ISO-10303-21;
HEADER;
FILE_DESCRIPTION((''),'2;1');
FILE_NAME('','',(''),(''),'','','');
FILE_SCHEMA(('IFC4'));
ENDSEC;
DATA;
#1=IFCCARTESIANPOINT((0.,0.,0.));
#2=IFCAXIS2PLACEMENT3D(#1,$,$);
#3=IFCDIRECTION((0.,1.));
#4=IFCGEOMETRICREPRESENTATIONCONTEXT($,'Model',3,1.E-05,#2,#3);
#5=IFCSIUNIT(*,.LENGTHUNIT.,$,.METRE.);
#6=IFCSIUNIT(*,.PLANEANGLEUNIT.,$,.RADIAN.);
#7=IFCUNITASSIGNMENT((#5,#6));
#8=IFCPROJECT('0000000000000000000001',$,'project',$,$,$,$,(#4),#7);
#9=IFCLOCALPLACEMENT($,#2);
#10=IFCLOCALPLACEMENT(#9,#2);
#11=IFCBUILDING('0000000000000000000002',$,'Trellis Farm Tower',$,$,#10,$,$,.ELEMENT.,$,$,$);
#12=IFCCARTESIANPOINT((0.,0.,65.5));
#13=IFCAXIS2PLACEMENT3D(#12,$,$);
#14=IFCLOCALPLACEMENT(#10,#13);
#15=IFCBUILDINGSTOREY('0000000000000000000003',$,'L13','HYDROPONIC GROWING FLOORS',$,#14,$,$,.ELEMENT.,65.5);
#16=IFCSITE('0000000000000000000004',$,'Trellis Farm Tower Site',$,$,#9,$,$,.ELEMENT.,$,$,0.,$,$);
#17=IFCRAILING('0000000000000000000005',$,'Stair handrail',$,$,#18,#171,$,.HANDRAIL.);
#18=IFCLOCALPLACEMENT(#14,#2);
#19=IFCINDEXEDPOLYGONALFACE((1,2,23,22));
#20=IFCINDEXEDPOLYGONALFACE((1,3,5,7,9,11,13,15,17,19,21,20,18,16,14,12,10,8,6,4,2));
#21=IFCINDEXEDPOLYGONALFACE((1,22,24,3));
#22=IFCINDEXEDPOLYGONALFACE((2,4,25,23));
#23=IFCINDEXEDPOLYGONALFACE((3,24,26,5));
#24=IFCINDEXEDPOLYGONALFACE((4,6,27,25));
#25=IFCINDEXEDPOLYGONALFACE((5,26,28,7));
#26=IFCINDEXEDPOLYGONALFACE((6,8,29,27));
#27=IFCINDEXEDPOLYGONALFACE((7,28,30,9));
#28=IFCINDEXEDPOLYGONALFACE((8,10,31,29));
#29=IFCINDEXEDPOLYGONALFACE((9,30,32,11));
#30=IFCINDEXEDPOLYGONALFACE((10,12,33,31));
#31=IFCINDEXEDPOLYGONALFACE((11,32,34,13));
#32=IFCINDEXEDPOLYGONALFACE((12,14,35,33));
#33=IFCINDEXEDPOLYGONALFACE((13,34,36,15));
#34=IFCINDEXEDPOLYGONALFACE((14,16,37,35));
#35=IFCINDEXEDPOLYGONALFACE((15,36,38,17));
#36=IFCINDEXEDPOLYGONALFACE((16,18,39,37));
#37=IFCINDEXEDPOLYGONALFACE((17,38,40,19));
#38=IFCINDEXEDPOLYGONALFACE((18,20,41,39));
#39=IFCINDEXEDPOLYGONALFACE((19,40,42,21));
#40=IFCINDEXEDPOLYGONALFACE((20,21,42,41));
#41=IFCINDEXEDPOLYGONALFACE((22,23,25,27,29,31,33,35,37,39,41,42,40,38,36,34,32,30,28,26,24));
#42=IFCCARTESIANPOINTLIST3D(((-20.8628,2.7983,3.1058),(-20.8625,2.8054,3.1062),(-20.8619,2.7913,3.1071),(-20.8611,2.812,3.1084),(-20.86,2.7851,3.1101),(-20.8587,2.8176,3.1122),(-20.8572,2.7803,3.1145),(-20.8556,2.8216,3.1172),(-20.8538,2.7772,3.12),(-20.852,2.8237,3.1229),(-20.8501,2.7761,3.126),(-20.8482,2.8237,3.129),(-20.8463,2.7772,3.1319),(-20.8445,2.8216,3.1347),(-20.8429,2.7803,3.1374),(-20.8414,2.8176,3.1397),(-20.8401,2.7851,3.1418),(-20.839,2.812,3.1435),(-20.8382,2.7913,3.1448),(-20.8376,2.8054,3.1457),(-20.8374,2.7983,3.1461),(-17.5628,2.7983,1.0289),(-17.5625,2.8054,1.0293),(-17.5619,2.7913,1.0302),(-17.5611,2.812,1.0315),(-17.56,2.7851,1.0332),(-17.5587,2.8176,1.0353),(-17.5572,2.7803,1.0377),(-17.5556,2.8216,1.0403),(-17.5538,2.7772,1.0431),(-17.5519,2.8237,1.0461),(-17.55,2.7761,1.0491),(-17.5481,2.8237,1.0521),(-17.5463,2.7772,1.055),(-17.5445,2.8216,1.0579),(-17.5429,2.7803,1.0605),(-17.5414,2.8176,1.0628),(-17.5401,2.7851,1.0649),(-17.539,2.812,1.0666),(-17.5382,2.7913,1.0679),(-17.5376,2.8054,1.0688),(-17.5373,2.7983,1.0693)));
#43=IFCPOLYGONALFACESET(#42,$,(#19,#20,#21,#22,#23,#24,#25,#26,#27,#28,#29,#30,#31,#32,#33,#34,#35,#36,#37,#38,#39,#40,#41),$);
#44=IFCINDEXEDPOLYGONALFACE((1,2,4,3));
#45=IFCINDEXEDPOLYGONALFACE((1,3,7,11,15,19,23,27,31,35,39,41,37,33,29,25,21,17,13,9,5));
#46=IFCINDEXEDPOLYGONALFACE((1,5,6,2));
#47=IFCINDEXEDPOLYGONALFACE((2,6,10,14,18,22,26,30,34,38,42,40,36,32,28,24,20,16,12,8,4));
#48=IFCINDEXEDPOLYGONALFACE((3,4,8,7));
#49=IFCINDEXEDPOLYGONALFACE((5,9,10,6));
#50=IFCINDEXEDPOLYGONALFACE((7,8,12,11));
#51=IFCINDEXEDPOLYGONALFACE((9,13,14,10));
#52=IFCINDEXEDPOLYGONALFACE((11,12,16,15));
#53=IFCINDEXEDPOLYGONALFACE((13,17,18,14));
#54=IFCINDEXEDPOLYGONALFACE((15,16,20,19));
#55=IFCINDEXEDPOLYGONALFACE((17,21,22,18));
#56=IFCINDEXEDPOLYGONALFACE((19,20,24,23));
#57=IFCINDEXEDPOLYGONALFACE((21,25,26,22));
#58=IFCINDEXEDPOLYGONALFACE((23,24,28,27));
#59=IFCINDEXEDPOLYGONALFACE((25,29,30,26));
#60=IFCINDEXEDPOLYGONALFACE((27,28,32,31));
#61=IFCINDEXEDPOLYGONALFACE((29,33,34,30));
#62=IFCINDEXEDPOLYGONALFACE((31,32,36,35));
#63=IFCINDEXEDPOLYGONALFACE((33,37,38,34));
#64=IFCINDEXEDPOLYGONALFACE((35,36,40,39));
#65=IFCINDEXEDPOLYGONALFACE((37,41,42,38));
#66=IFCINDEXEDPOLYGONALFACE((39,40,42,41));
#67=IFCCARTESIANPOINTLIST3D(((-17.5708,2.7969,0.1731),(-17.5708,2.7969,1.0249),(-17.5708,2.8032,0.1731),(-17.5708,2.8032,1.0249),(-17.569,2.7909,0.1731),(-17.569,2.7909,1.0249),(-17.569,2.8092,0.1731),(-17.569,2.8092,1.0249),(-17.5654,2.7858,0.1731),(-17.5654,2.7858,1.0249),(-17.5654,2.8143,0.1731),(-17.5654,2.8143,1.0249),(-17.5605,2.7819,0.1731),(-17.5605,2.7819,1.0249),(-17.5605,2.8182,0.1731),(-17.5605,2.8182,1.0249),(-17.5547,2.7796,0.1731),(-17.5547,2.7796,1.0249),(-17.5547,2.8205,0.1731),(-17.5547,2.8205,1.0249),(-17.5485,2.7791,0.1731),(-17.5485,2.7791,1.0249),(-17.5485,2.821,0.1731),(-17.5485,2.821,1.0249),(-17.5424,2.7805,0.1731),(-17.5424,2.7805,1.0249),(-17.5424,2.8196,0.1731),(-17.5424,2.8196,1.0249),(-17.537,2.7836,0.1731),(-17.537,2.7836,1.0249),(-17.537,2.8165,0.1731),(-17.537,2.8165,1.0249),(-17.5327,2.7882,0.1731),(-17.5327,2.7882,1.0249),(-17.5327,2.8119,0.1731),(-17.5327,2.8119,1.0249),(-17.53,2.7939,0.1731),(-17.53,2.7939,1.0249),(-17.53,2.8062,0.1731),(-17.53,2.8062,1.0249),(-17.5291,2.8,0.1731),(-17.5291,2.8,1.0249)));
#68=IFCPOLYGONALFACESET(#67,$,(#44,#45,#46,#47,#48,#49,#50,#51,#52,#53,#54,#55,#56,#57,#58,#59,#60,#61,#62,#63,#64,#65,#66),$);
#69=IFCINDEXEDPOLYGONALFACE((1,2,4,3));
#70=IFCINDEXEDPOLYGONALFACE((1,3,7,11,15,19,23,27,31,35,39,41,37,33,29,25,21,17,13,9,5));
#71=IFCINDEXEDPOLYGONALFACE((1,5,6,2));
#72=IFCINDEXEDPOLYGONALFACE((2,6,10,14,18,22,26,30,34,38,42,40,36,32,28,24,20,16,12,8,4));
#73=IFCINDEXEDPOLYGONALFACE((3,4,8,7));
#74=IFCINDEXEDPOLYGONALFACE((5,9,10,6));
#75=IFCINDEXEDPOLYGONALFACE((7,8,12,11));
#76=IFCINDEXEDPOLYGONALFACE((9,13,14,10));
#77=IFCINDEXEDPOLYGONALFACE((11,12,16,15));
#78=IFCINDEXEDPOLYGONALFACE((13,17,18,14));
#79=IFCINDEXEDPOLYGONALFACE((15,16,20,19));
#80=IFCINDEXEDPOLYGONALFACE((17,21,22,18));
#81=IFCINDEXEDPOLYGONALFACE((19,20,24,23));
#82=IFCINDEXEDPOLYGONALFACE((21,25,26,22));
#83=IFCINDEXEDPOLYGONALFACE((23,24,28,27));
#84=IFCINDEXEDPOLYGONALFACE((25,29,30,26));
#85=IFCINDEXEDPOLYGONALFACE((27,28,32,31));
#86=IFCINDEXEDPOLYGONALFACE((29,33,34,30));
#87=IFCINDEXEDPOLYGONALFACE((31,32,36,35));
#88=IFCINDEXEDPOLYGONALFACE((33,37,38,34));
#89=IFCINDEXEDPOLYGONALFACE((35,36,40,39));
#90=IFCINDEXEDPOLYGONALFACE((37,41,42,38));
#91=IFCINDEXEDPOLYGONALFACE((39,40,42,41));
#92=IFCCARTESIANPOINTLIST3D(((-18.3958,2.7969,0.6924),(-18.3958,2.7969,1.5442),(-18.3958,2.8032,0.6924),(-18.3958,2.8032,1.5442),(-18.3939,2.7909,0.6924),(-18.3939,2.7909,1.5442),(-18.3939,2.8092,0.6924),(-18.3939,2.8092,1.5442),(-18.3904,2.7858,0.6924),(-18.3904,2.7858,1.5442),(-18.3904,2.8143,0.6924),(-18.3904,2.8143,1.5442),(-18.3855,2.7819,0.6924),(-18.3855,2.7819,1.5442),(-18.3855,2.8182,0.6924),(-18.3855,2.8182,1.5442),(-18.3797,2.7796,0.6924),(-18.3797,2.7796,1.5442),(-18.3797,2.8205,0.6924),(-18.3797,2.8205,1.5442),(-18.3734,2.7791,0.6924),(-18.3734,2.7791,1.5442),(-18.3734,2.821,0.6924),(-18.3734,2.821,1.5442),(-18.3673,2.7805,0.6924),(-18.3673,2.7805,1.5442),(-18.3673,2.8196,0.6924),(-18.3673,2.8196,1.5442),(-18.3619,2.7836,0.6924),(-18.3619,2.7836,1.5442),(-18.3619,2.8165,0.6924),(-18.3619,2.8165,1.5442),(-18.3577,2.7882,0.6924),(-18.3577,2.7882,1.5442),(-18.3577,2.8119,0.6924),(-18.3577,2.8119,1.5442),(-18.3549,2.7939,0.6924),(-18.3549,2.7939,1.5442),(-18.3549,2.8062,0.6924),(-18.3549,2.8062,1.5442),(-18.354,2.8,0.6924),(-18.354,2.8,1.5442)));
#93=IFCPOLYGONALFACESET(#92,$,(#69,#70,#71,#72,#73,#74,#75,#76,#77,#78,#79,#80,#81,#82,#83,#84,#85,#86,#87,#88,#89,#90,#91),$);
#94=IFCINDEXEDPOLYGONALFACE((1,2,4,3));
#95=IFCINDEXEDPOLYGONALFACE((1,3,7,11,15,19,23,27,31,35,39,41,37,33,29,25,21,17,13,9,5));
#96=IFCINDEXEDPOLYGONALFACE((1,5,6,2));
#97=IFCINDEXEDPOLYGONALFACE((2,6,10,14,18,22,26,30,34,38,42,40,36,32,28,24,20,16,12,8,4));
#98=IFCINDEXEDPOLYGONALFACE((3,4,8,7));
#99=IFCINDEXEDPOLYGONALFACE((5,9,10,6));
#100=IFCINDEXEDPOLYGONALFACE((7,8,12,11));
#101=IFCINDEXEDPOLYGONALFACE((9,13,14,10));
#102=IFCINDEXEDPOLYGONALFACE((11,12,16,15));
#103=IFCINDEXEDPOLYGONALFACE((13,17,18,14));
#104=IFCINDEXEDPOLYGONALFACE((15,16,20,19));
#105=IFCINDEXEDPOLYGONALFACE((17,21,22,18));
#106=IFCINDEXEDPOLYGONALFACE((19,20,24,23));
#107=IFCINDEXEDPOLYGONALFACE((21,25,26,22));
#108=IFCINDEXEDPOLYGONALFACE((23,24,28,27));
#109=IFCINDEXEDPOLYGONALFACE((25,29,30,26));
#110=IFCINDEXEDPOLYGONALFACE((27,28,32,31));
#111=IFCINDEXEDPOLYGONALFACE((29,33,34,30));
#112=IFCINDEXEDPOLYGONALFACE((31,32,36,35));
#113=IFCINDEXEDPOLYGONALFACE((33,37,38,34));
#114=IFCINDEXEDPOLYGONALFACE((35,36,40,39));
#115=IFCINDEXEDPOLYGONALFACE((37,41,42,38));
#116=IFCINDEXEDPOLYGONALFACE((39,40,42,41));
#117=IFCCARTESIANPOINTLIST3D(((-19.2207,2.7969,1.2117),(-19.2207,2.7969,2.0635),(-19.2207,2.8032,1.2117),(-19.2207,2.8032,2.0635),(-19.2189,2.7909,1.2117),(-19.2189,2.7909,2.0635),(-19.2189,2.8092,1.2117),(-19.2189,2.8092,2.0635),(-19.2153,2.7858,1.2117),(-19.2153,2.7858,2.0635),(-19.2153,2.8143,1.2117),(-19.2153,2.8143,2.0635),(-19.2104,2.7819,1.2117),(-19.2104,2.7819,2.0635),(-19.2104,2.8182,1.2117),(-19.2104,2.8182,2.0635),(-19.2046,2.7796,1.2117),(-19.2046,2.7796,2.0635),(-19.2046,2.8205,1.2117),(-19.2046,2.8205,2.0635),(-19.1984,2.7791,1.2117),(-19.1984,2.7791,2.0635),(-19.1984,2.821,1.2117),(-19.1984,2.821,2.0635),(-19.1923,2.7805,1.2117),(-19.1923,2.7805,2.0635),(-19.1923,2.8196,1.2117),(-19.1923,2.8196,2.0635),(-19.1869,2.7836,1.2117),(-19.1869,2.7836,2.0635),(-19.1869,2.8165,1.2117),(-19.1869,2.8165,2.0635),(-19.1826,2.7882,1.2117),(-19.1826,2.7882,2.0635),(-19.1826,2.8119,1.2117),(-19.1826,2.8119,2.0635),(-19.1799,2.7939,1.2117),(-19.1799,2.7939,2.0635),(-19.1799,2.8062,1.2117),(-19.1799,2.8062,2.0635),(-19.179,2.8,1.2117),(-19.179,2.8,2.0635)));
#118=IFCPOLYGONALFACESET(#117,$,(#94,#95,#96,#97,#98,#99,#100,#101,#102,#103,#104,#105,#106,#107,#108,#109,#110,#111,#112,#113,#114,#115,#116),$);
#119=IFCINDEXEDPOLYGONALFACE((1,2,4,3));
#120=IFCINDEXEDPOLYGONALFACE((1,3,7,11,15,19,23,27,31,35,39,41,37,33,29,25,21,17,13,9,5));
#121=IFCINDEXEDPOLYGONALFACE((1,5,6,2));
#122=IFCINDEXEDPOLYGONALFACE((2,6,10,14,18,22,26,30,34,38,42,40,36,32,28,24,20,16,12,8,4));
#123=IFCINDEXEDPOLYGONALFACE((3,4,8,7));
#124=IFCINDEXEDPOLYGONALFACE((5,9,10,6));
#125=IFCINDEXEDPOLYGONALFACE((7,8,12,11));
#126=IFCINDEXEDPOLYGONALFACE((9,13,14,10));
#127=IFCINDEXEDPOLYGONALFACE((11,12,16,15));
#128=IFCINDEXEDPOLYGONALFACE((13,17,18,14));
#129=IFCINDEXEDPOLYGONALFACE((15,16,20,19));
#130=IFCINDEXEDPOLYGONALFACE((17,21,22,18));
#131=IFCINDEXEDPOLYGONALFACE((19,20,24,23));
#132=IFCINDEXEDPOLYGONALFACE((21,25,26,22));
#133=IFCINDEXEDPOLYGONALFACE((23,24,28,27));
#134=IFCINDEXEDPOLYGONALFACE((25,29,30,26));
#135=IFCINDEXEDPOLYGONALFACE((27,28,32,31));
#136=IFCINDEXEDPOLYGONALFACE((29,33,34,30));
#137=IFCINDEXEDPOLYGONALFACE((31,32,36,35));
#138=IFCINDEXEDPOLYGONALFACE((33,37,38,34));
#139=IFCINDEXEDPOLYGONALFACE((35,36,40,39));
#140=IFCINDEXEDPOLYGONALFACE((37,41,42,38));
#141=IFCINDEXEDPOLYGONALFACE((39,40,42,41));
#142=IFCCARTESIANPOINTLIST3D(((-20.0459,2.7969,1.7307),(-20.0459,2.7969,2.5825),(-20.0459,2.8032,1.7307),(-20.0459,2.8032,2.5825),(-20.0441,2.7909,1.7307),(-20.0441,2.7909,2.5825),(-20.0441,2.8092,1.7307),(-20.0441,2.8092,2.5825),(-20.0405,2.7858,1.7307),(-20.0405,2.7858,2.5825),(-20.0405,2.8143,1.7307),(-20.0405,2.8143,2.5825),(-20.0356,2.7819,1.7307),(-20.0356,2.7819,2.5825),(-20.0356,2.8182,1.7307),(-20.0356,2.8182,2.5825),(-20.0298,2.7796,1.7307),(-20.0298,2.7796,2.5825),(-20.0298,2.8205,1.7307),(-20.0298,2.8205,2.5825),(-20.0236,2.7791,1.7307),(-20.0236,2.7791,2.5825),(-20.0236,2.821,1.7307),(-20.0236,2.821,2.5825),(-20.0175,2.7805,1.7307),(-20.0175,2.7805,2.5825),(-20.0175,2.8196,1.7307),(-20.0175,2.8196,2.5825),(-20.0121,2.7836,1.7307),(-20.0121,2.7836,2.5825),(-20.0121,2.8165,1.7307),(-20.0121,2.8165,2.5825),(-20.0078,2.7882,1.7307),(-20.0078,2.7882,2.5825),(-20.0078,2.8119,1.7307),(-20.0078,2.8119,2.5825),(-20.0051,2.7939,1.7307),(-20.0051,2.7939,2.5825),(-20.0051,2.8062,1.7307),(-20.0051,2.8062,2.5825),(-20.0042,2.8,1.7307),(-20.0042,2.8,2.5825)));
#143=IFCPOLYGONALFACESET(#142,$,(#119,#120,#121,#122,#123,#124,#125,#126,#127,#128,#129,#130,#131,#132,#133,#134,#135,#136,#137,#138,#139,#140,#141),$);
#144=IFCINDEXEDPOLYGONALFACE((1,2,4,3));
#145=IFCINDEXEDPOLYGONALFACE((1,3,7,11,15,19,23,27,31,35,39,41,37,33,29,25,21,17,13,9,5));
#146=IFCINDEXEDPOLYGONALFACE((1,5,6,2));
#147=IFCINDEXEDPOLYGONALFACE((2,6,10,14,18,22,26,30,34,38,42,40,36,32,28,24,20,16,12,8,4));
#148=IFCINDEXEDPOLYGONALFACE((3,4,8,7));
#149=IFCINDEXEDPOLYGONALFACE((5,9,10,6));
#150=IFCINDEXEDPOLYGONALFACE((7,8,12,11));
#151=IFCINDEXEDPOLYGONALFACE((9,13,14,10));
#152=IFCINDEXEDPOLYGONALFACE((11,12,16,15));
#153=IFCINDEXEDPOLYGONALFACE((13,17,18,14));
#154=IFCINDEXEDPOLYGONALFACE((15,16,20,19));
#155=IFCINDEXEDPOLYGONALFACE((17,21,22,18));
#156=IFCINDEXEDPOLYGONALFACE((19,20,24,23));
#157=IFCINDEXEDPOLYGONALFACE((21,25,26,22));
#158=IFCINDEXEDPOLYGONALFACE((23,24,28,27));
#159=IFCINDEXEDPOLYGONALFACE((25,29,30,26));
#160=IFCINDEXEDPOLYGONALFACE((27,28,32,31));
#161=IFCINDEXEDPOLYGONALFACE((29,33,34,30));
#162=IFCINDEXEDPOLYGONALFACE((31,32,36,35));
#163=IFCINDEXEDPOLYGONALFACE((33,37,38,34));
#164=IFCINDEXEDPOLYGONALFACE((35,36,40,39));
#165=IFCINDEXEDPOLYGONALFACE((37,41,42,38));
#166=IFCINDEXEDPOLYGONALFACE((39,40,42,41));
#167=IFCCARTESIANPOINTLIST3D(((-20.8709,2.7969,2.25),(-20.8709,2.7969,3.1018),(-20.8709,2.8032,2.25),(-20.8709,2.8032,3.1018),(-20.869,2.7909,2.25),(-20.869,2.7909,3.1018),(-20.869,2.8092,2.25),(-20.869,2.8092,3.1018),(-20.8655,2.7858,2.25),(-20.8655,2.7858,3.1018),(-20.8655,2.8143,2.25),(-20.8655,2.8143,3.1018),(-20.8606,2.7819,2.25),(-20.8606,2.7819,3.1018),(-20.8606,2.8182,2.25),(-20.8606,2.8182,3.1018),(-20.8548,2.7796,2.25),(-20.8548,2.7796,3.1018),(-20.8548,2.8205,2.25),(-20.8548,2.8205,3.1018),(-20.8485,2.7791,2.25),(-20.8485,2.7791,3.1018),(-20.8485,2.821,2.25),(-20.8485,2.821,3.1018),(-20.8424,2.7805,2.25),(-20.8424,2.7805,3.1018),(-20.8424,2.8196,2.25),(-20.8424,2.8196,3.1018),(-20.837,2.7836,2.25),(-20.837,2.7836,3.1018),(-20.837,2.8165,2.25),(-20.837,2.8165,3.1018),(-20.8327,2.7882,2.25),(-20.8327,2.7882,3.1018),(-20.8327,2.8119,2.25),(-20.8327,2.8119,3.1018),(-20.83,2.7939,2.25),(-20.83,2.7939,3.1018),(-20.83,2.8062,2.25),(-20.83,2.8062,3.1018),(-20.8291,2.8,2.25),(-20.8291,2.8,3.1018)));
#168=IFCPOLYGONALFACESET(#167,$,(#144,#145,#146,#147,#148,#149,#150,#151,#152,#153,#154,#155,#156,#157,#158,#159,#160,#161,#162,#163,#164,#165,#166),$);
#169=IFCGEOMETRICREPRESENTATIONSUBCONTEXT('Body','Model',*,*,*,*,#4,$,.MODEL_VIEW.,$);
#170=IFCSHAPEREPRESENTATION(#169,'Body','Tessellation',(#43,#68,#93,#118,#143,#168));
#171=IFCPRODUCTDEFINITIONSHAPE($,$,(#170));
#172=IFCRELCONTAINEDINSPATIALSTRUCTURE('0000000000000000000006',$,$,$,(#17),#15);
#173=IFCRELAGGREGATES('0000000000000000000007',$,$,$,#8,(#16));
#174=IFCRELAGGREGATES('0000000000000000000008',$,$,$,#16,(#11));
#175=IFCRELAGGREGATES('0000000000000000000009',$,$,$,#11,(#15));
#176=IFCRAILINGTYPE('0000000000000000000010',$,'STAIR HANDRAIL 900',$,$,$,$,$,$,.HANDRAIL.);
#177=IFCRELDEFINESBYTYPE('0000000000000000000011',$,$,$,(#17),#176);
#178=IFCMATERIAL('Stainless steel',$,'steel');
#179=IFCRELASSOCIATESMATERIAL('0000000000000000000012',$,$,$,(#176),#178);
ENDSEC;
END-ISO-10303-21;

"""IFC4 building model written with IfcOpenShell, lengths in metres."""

from ifc_helpers import new_model, si_unit, direction, frame, origin, origin_2d, place, context, subcontext, project, spatial, circle, extrude, source, transform, mapped, material, type_object, element, save


model = new_model("IFC4")

# Units and contexts
model_context = context("Model", 3, precision=1e-05, world=origin(), true_north=direction((0.0, 1.0)))
body_context = subcontext(model_context, "Body", "Model", "MODEL_VIEW")
ifc_project = project(units=[si_unit("LENGTHUNIT", "METRE"), si_unit("PLANEANGLEUNIT", "RADIAN")], contexts=[model_context])

# Site, building, storey
site_placement = place(None, origin())
site = spatial("IfcSite", under=ifc_project, at=site_placement, Name="Trellis Farm Tower Site", CompositionType="ELEMENT", RefElevation=0.0)
building_placement = place(site_placement, origin())
building = spatial("IfcBuilding", under=site, at=building_placement, Name="Trellis Farm Tower", CompositionType="ELEMENT")
storey_placement = place(building_placement, frame((0.0, 0.0, 65.5)))
storey = spatial("IfcBuildingStorey", under=building, at=storey_placement, Name="L13", Description="HYDROPONIC GROWING FLOORS", CompositionType="ELEMENT", Elevation=65.5)

# Railing
ifc_material_1 = material(Name="Stainless steel", Category="steel")
railing_type = type_object("IfcRailingType", Name="STAIR HANDRAIL 900", PredefinedType="HANDRAIL", material=ifc_material_1)
shared_shape_1 = source(origin(), body_context, "Body", "SweptSolid", [
    extrude(circle(Radius=0.0239, at=origin_2d()), frame((0.0, 0.0, 0.876), z_axis=(-0.846337, 0.0, 0.532647), x_axis=(0.0, -1.0, 0.0)), (0.0, 0.0, 1.0), 3.8992),
    extrude(circle(Radius=0.021, at=origin_2d()), origin(), (0.0, 0.0, 1.0), 0.8518),
    extrude(circle(Radius=0.021, at=origin_2d()), frame((-0.825, 0.0, 0.5193)), (0.0, 0.0, 1.0), 0.8518),
    extrude(circle(Radius=0.021, at=origin_2d()), frame((-1.6499, 0.0, 1.0386)), (0.0, 0.0, 1.0), 0.8518),
    extrude(circle(Radius=0.021, at=origin_2d()), frame((-2.4751, 0.0, 1.5576)), (0.0, 0.0, 1.0), 0.8518),
    extrude(circle(Radius=0.021, at=origin_2d()), frame((-3.3, 0.0, 2.0769)), (0.0, 0.0, 1.0), 0.8518),
])
for number, where, name in (
    (1, (-17.55, 2.8, 0.1731), "Stair handrail"),
):
    element("IfcRailing", number, at=place(storey_placement, frame(where)), inside=storey, type_object=railing_type, Name=name, PredefinedType="HANDRAIL", context=body_context, shape_type="MappedRepresentation", body=[
        mapped(shared_shape_1, transform((0.0, 0.0, 0.0))),
    ])

save(model, "model.ifc")
